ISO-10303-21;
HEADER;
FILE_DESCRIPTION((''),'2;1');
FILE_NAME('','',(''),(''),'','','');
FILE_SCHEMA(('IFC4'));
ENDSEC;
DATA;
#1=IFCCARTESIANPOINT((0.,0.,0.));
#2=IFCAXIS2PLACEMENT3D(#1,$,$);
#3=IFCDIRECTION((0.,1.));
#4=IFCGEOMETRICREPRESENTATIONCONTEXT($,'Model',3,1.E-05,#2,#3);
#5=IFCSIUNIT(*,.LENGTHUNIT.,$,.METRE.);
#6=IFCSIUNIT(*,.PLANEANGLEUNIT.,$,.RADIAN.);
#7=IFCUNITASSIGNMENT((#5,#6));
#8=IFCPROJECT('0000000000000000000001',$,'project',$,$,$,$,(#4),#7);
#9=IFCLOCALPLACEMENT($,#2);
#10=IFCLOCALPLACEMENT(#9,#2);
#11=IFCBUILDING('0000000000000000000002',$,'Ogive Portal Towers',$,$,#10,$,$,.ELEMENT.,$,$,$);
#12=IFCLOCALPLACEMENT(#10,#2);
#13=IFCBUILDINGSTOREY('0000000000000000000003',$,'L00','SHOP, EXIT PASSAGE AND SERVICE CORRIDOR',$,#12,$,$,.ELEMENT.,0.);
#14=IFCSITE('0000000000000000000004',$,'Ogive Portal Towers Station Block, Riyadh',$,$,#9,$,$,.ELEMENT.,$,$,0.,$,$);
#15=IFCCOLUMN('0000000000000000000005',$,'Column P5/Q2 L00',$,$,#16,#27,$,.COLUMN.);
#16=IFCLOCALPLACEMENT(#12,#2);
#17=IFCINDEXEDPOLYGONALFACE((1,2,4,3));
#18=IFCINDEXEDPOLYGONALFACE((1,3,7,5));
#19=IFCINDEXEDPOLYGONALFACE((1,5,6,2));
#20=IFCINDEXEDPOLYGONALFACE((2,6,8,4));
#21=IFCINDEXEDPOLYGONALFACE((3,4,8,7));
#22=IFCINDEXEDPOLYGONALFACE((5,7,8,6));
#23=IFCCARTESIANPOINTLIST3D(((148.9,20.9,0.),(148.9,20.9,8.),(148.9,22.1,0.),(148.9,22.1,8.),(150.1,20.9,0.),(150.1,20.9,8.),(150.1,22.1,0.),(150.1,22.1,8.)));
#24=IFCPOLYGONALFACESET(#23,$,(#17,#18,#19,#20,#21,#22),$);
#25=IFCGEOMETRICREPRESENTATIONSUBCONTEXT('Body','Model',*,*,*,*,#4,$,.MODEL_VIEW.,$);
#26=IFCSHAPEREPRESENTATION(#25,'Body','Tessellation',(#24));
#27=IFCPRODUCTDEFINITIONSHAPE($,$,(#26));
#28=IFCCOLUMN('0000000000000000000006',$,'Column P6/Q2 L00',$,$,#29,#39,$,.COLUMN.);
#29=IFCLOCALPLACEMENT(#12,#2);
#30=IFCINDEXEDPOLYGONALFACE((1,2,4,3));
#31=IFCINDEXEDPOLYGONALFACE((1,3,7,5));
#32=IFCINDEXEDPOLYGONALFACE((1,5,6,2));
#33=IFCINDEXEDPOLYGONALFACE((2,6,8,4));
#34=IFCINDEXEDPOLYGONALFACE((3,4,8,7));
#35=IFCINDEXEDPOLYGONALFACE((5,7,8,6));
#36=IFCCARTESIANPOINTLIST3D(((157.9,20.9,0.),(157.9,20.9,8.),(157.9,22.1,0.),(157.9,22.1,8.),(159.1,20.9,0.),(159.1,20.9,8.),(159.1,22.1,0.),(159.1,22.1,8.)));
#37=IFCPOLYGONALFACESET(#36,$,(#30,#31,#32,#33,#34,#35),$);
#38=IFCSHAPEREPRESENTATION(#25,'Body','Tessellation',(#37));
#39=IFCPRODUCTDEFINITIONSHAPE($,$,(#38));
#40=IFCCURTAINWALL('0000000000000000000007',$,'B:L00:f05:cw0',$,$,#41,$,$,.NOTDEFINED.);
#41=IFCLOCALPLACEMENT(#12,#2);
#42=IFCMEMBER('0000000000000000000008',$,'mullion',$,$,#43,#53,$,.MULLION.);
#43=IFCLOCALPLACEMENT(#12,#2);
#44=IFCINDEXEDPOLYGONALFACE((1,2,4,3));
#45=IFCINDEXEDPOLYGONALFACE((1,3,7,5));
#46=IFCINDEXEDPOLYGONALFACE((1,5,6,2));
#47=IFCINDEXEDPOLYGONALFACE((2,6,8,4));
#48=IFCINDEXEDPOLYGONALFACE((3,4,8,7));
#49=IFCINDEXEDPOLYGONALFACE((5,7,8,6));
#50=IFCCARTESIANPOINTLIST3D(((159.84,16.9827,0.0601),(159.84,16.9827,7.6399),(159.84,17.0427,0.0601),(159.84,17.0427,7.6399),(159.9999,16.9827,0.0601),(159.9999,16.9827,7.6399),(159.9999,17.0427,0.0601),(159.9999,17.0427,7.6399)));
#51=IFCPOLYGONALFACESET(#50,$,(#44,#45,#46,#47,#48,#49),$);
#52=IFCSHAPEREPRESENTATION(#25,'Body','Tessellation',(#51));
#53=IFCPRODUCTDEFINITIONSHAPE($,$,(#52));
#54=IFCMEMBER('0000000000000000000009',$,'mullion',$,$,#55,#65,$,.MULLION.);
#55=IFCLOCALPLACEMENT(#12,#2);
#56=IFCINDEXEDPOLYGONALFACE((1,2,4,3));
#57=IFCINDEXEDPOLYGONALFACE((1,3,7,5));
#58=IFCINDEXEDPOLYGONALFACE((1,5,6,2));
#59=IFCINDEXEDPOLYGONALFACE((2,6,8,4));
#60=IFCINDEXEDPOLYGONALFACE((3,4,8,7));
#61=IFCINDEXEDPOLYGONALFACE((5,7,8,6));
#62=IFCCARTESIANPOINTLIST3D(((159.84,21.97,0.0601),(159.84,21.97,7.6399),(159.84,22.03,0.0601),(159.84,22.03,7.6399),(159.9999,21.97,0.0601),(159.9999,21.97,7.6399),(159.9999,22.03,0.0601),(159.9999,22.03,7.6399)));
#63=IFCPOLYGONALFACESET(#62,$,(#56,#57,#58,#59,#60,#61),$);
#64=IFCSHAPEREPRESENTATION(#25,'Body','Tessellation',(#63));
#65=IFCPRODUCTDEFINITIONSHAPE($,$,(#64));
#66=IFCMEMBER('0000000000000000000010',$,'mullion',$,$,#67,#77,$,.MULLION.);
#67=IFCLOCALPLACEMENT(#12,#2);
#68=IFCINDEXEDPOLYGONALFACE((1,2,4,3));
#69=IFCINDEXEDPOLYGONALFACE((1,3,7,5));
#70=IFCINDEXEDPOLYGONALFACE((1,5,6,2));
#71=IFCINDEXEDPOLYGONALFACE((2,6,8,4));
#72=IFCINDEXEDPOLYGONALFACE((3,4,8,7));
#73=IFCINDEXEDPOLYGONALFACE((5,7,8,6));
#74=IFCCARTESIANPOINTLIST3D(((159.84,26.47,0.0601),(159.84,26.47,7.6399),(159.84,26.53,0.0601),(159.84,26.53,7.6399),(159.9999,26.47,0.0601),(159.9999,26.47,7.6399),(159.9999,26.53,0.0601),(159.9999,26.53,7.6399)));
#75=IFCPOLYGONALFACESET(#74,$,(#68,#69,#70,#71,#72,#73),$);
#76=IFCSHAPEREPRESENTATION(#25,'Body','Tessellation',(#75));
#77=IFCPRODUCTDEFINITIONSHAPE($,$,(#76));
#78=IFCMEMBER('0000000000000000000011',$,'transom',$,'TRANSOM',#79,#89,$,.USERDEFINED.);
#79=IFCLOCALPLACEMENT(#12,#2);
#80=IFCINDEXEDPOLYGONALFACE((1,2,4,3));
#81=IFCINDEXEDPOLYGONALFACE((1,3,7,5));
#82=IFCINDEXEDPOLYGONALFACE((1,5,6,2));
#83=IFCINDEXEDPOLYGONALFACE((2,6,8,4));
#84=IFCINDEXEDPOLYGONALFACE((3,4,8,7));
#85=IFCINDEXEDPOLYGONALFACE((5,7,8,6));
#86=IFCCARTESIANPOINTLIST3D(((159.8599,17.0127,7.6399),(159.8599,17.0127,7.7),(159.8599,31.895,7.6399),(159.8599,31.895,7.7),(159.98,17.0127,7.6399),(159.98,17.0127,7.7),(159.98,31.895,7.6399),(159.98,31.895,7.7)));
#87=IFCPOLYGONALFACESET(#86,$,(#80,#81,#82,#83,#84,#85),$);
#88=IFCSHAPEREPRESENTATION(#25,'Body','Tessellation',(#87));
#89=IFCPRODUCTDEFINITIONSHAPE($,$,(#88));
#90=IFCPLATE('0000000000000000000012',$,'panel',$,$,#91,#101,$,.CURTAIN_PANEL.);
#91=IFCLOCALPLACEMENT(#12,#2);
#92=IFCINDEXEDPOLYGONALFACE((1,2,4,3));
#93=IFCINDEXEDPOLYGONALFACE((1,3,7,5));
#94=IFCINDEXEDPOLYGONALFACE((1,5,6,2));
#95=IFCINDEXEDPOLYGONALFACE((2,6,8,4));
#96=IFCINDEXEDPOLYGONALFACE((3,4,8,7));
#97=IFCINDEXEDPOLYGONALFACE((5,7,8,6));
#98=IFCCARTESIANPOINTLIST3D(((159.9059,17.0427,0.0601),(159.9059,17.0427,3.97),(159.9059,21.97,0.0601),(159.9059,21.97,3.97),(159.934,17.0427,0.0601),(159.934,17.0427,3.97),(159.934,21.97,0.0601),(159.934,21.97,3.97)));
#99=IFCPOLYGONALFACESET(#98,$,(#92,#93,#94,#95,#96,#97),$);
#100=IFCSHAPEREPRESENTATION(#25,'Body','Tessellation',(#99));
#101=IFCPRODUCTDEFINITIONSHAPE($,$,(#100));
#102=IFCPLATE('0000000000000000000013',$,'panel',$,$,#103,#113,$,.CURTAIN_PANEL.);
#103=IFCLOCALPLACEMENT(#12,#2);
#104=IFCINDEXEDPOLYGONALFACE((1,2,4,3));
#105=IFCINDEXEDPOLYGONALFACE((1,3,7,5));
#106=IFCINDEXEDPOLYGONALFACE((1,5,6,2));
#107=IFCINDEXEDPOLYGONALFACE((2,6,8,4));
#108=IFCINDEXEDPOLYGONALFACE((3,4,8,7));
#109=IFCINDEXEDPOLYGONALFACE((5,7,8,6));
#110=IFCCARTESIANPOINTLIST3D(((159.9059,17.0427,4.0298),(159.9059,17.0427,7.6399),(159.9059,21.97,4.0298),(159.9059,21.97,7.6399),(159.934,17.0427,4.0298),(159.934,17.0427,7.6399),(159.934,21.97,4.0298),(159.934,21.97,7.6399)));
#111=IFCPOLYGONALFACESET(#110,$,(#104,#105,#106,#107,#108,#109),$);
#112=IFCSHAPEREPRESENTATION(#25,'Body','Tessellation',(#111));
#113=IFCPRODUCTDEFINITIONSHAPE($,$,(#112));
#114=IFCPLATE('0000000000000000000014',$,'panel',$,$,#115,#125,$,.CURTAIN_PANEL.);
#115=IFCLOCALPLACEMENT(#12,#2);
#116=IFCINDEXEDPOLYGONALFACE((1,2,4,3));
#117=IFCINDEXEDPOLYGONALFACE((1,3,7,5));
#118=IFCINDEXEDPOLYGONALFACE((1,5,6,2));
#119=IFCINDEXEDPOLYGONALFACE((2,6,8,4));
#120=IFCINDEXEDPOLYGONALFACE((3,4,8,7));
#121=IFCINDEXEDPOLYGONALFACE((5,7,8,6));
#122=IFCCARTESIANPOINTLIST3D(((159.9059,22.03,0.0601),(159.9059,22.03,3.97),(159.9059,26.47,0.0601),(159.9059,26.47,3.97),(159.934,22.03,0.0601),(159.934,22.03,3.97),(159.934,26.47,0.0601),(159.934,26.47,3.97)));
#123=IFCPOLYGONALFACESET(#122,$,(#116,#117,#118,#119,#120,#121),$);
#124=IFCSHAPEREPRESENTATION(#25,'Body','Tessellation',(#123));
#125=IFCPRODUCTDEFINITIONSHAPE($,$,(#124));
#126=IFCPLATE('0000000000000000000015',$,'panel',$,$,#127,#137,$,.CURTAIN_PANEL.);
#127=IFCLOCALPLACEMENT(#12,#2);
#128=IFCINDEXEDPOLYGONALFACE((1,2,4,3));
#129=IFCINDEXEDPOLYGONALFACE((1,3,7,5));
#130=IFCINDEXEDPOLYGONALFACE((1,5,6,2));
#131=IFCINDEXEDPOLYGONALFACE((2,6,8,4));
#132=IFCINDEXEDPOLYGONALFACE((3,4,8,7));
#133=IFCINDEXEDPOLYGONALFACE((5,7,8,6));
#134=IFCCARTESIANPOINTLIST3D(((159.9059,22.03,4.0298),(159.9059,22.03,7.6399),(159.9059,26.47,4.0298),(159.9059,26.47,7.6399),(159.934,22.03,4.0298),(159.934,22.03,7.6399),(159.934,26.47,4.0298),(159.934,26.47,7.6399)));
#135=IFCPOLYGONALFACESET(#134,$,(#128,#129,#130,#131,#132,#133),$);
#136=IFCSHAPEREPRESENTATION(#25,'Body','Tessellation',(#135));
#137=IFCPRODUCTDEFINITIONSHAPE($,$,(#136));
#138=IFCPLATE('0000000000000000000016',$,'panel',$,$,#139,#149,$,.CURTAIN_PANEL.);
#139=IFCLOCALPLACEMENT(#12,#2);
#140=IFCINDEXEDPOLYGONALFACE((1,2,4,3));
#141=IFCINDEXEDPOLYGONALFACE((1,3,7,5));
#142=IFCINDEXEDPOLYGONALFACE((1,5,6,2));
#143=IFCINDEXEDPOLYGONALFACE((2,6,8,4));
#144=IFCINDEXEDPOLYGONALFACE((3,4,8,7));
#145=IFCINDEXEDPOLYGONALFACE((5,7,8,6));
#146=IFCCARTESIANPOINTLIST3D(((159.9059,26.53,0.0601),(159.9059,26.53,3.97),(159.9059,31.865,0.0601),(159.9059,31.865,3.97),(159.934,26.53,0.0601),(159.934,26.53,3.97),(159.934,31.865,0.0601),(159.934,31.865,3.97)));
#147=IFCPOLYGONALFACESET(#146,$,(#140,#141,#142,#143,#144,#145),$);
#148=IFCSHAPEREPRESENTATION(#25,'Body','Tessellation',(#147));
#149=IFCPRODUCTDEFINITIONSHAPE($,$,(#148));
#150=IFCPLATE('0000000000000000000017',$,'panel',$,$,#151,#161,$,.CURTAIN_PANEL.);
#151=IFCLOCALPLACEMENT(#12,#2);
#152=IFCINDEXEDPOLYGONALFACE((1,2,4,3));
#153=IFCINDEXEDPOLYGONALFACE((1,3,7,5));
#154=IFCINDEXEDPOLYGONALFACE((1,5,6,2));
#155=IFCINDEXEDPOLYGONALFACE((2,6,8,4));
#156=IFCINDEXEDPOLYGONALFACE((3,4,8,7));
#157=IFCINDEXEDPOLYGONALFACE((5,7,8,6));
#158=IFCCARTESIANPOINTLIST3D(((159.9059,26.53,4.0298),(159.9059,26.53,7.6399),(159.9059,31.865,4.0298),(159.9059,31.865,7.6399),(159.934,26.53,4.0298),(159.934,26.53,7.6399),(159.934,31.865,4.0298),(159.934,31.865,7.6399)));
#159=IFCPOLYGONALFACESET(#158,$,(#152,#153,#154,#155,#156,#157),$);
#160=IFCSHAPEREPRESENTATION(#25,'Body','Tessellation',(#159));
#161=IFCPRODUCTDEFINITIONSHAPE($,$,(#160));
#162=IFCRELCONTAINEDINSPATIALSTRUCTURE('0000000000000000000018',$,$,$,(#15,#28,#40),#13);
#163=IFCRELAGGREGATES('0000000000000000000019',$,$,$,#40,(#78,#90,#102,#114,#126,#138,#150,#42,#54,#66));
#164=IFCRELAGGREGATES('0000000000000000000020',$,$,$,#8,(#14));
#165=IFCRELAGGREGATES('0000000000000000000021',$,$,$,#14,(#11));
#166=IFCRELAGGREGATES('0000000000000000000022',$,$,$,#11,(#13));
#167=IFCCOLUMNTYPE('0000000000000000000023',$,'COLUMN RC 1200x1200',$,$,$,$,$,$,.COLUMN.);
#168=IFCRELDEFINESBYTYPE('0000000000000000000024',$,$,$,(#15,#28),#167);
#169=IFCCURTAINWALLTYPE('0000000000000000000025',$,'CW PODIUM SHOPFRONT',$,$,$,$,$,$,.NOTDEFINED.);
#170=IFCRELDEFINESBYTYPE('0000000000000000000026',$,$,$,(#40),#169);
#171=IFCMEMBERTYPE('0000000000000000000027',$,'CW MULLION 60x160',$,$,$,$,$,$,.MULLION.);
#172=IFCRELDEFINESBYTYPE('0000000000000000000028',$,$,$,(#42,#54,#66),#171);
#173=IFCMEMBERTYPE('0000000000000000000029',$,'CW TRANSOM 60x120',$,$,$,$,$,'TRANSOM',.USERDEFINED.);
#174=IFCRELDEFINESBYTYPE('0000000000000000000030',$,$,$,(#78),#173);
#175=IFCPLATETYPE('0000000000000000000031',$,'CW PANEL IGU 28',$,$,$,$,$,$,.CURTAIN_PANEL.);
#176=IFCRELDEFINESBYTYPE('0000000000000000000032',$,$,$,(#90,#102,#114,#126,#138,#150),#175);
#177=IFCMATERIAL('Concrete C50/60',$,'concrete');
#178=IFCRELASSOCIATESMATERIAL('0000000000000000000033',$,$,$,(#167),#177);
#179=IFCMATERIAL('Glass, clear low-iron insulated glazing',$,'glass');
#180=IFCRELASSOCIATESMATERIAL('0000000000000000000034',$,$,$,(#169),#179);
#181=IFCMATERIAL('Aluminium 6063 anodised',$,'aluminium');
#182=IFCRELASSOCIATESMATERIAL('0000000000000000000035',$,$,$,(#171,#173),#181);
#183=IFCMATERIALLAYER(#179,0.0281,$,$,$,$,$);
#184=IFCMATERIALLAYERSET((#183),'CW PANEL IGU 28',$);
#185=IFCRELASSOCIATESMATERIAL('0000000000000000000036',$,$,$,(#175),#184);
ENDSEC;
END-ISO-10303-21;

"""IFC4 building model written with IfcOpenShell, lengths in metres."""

from ifc_helpers import new_model, si_unit, direction, frame, origin, origin_2d, place, context, subcontext, project, spatial, rectangle, extrude, material, layer, layer_set, material_profile, profile_set, type_object, element, aggregate, save


model = new_model("IFC4")

# Units and contexts
model_context = context("Model", 3, precision=1e-05, world=origin(), true_north=direction((0.0, 1.0)))
body_context = subcontext(model_context, "Body", "Model", "MODEL_VIEW")
ifc_project = project(units=[si_unit("LENGTHUNIT", "METRE"), si_unit("PLANEANGLEUNIT", "RADIAN")], contexts=[model_context])

# Site, building, storey
site_placement = place(None, origin())
site = spatial("IfcSite", under=ifc_project, at=site_placement, Name="Ogive Portal Towers Station Block, Riyadh", CompositionType="ELEMENT", RefElevation=0.0)
building_placement = place(site_placement, origin())
building = spatial("IfcBuilding", under=site, at=building_placement, Name="Ogive Portal Towers", CompositionType="ELEMENT")
storey_placement = place(building_placement, origin())
storey = spatial("IfcBuildingStorey", under=building, at=storey_placement, Name="L00", Description="SHOP, EXIT PASSAGE AND SERVICE CORRIDOR", CompositionType="ELEMENT", Elevation=0.0)

# Columns
ifc_material_1 = material(Name="Concrete C50/60", Category="concrete")
ifc_material_profile_1 = material_profile(ifc_material_1, rectangle(XDim=1.2, YDim=1.2, at=origin_2d()), Name="RC 1200x1200")
ifc_profile_set_1 = profile_set([ifc_material_profile_1], Name="Concrete C50/60")
column_type = type_object("IfcColumnType", Name="COLUMN RC 1200x1200", PredefinedType="COLUMN", material=ifc_profile_set_1)
for number, where, z_axis, x_axis, name in (
    (1, (149.5, 21.5, 0.0), (0.0, 0.0, 1.0), (1.0, 0.0, 0.0), "Column P5/Q2 L00"),
    (2, (158.5, 21.5, 0.0), (0.0, 0.0, 1.0), (1.0, 0.0, 0.0), "Column P6/Q2 L00"),
):
    element("IfcColumn", number, at=place(storey_placement, frame(where, z_axis=z_axis, x_axis=x_axis)), inside=storey, type_object=column_type, Name=name, PredefinedType="COLUMN", context=body_context, shape_type="SweptSolid", body=[
        extrude(rectangle(XDim=1.2, YDim=1.2, at=origin_2d()), origin(), (0.0, 0.0, 1.0), 8.0),
    ])

# Curtain wall, members, plates
ifc_material_2 = material(Name="Glass, clear low-iron insulated glazing", Category="glass")
curtain_wall_type = type_object("IfcCurtainWallType", Name="CW PODIUM SHOPFRONT", PredefinedType="NOTDEFINED", material=ifc_material_2)
curtain_wall_placement = place(storey_placement, origin())
curtain_wall = element("IfcCurtainWall", 3, at=curtain_wall_placement, inside=storey, type_object=curtain_wall_type, Name="B:L00:f05:cw0", PredefinedType="NOTDEFINED")
ifc_material_3 = material(Name="Aluminium 6063 anodised", Category="aluminium")
ifc_material_profile_2 = material_profile(ifc_material_3, rectangle(XDim=0.1599, YDim=0.0601, at=origin_2d()), Name="AL 60x160")
ifc_profile_set_2 = profile_set([ifc_material_profile_2], Name="Aluminium 6063 anodised")
member_type_1 = type_object("IfcMemberType", Name="CW MULLION 60x160", PredefinedType="MULLION", material=ifc_profile_set_2)
member_1_placement = place(storey_placement, frame((159.9199, 17.0127, 0.0601), z_axis=(0.0, 0.0, 1.0), x_axis=(-1.0, 0.0, 0.0)))
member_1 = element("IfcMember", 4, at=member_1_placement, type_object=member_type_1, Name="mullion", PredefinedType="MULLION", context=body_context, shape_type="SweptSolid", body=[
    extrude(rectangle(XDim=0.1599, YDim=0.0601, at=origin_2d()), origin(), (0.0, 0.0, 1.0), 7.5798),
])
member_2_placement = place(storey_placement, frame((159.9199, 22.0, 0.0601), z_axis=(0.0, 0.0, 1.0), x_axis=(-1.0, 0.0, 0.0)))
member_2 = element("IfcMember", 5, at=member_2_placement, type_object=member_type_1, Name="mullion", PredefinedType="MULLION", context=body_context, shape_type="SweptSolid", body=[
    extrude(rectangle(XDim=0.1599, YDim=0.0601, at=origin_2d()), origin(), (0.0, 0.0, 1.0), 7.5798),
])
member_3_placement = place(storey_placement, frame((159.9199, 26.5, 0.0601), z_axis=(0.0, 0.0, 1.0), x_axis=(-1.0, 0.0, 0.0)))
member_3 = element("IfcMember", 6, at=member_3_placement, type_object=member_type_1, Name="mullion", PredefinedType="MULLION", context=body_context, shape_type="SweptSolid", body=[
    extrude(rectangle(XDim=0.1599, YDim=0.0601, at=origin_2d()), origin(), (0.0, 0.0, 1.0), 7.5798),
])
ifc_material_profile_3 = material_profile(ifc_material_3, rectangle(XDim=0.1201, YDim=0.0601, at=origin_2d()), Name="AL 120x60")
ifc_profile_set_3 = profile_set([ifc_material_profile_3], Name="Aluminium 6063 anodised")
member_type_2 = type_object("IfcMemberType", Name="CW TRANSOM 60x120", ElementType="TRANSOM", PredefinedType="USERDEFINED", material=ifc_profile_set_3)
member_4_placement = place(storey_placement, frame((159.9199, 17.0127, 7.6699), z_axis=(0.0, 1.0, 0.0), x_axis=(-1.0, 0.0, 0.0)))
member_4 = element("IfcMember", 7, at=member_4_placement, type_object=member_type_2, Name="transom", ObjectType="TRANSOM", PredefinedType="USERDEFINED", context=body_context, shape_type="SweptSolid", body=[
    extrude(rectangle(XDim=0.1201, YDim=0.0601, at=origin_2d()), origin(), (0.0, 0.0, 1.0), 14.8823),
])
ifc_layer_1 = layer(ifc_material_2, 0.0281)
ifc_layer_set_1 = layer_set([ifc_layer_1], Name="CW PANEL IGU 28")
plate_type = type_object("IfcPlateType", Name="CW PANEL IGU 28", PredefinedType="CURTAIN_PANEL", material=ifc_layer_set_1)
plate_1_placement = place(storey_placement, frame((159.9199, 19.5063, 0.0601), z_axis=(0.0, 0.0, 1.0), x_axis=(0.0, 1.0, 0.0)))
plate_1 = element("IfcPlate", 8, at=plate_1_placement, type_object=plate_type, Name="panel", PredefinedType="CURTAIN_PANEL", context=body_context, shape_type="SweptSolid", body=[
    extrude(rectangle(XDim=4.9272, YDim=0.0281, at=origin_2d()), origin(), (0.0, 0.0, 1.0), 3.9099),
])
plate_2_placement = place(storey_placement, frame((159.9199, 19.5063, 4.0298), z_axis=(0.0, 0.0, 1.0), x_axis=(0.0, 1.0, 0.0)))
plate_2 = element("IfcPlate", 9, at=plate_2_placement, type_object=plate_type, Name="panel", PredefinedType="CURTAIN_PANEL", context=body_context, shape_type="SweptSolid", body=[
    extrude(rectangle(XDim=4.9272, YDim=0.0281, at=origin_2d()), origin(), (0.0, 0.0, 1.0), 3.6101),
])
plate_3_placement = place(storey_placement, frame((159.9199, 24.25, 0.0601), z_axis=(0.0, 0.0, 1.0), x_axis=(0.0, 1.0, 0.0)))
plate_3 = element("IfcPlate", 10, at=plate_3_placement, type_object=plate_type, Name="panel", PredefinedType="CURTAIN_PANEL", context=body_context, shape_type="SweptSolid", body=[
    extrude(rectangle(XDim=4.4399, YDim=0.0281, at=origin_2d()), origin(), (0.0, 0.0, 1.0), 3.9099),
])
plate_4_placement = place(storey_placement, frame((159.9199, 24.25, 4.0298), z_axis=(0.0, 0.0, 1.0), x_axis=(0.0, 1.0, 0.0)))
plate_4 = element("IfcPlate", 11, at=plate_4_placement, type_object=plate_type, Name="panel", PredefinedType="CURTAIN_PANEL", context=body_context, shape_type="SweptSolid", body=[
    extrude(rectangle(XDim=4.4399, YDim=0.0281, at=origin_2d()), origin(), (0.0, 0.0, 1.0), 3.6101),
])
plate_5_placement = place(storey_placement, frame((159.9199, 29.1975, 0.0601), z_axis=(0.0, 0.0, 1.0), x_axis=(0.0, 1.0, 0.0)))
plate_5 = element("IfcPlate", 12, at=plate_5_placement, type_object=plate_type, Name="panel", PredefinedType="CURTAIN_PANEL", context=body_context, shape_type="SweptSolid", body=[
    extrude(rectangle(XDim=5.335, YDim=0.0281, at=origin_2d()), origin(), (0.0, 0.0, 1.0), 3.9099),
])
plate_6_placement = place(storey_placement, frame((159.9199, 29.1975, 4.0298), z_axis=(0.0, 0.0, 1.0), x_axis=(0.0, 1.0, 0.0)))
plate_6 = element("IfcPlate", 13, at=plate_6_placement, type_object=plate_type, Name="panel", PredefinedType="CURTAIN_PANEL", context=body_context, shape_type="SweptSolid", body=[
    extrude(rectangle(XDim=5.335, YDim=0.0281, at=origin_2d()), origin(), (0.0, 0.0, 1.0), 3.6101),
])
aggregate(curtain_wall, [member_4, plate_1, plate_2, plate_3, plate_4, plate_5, plate_6, member_1, member_2, member_3])

save(model, "model.ifc")
